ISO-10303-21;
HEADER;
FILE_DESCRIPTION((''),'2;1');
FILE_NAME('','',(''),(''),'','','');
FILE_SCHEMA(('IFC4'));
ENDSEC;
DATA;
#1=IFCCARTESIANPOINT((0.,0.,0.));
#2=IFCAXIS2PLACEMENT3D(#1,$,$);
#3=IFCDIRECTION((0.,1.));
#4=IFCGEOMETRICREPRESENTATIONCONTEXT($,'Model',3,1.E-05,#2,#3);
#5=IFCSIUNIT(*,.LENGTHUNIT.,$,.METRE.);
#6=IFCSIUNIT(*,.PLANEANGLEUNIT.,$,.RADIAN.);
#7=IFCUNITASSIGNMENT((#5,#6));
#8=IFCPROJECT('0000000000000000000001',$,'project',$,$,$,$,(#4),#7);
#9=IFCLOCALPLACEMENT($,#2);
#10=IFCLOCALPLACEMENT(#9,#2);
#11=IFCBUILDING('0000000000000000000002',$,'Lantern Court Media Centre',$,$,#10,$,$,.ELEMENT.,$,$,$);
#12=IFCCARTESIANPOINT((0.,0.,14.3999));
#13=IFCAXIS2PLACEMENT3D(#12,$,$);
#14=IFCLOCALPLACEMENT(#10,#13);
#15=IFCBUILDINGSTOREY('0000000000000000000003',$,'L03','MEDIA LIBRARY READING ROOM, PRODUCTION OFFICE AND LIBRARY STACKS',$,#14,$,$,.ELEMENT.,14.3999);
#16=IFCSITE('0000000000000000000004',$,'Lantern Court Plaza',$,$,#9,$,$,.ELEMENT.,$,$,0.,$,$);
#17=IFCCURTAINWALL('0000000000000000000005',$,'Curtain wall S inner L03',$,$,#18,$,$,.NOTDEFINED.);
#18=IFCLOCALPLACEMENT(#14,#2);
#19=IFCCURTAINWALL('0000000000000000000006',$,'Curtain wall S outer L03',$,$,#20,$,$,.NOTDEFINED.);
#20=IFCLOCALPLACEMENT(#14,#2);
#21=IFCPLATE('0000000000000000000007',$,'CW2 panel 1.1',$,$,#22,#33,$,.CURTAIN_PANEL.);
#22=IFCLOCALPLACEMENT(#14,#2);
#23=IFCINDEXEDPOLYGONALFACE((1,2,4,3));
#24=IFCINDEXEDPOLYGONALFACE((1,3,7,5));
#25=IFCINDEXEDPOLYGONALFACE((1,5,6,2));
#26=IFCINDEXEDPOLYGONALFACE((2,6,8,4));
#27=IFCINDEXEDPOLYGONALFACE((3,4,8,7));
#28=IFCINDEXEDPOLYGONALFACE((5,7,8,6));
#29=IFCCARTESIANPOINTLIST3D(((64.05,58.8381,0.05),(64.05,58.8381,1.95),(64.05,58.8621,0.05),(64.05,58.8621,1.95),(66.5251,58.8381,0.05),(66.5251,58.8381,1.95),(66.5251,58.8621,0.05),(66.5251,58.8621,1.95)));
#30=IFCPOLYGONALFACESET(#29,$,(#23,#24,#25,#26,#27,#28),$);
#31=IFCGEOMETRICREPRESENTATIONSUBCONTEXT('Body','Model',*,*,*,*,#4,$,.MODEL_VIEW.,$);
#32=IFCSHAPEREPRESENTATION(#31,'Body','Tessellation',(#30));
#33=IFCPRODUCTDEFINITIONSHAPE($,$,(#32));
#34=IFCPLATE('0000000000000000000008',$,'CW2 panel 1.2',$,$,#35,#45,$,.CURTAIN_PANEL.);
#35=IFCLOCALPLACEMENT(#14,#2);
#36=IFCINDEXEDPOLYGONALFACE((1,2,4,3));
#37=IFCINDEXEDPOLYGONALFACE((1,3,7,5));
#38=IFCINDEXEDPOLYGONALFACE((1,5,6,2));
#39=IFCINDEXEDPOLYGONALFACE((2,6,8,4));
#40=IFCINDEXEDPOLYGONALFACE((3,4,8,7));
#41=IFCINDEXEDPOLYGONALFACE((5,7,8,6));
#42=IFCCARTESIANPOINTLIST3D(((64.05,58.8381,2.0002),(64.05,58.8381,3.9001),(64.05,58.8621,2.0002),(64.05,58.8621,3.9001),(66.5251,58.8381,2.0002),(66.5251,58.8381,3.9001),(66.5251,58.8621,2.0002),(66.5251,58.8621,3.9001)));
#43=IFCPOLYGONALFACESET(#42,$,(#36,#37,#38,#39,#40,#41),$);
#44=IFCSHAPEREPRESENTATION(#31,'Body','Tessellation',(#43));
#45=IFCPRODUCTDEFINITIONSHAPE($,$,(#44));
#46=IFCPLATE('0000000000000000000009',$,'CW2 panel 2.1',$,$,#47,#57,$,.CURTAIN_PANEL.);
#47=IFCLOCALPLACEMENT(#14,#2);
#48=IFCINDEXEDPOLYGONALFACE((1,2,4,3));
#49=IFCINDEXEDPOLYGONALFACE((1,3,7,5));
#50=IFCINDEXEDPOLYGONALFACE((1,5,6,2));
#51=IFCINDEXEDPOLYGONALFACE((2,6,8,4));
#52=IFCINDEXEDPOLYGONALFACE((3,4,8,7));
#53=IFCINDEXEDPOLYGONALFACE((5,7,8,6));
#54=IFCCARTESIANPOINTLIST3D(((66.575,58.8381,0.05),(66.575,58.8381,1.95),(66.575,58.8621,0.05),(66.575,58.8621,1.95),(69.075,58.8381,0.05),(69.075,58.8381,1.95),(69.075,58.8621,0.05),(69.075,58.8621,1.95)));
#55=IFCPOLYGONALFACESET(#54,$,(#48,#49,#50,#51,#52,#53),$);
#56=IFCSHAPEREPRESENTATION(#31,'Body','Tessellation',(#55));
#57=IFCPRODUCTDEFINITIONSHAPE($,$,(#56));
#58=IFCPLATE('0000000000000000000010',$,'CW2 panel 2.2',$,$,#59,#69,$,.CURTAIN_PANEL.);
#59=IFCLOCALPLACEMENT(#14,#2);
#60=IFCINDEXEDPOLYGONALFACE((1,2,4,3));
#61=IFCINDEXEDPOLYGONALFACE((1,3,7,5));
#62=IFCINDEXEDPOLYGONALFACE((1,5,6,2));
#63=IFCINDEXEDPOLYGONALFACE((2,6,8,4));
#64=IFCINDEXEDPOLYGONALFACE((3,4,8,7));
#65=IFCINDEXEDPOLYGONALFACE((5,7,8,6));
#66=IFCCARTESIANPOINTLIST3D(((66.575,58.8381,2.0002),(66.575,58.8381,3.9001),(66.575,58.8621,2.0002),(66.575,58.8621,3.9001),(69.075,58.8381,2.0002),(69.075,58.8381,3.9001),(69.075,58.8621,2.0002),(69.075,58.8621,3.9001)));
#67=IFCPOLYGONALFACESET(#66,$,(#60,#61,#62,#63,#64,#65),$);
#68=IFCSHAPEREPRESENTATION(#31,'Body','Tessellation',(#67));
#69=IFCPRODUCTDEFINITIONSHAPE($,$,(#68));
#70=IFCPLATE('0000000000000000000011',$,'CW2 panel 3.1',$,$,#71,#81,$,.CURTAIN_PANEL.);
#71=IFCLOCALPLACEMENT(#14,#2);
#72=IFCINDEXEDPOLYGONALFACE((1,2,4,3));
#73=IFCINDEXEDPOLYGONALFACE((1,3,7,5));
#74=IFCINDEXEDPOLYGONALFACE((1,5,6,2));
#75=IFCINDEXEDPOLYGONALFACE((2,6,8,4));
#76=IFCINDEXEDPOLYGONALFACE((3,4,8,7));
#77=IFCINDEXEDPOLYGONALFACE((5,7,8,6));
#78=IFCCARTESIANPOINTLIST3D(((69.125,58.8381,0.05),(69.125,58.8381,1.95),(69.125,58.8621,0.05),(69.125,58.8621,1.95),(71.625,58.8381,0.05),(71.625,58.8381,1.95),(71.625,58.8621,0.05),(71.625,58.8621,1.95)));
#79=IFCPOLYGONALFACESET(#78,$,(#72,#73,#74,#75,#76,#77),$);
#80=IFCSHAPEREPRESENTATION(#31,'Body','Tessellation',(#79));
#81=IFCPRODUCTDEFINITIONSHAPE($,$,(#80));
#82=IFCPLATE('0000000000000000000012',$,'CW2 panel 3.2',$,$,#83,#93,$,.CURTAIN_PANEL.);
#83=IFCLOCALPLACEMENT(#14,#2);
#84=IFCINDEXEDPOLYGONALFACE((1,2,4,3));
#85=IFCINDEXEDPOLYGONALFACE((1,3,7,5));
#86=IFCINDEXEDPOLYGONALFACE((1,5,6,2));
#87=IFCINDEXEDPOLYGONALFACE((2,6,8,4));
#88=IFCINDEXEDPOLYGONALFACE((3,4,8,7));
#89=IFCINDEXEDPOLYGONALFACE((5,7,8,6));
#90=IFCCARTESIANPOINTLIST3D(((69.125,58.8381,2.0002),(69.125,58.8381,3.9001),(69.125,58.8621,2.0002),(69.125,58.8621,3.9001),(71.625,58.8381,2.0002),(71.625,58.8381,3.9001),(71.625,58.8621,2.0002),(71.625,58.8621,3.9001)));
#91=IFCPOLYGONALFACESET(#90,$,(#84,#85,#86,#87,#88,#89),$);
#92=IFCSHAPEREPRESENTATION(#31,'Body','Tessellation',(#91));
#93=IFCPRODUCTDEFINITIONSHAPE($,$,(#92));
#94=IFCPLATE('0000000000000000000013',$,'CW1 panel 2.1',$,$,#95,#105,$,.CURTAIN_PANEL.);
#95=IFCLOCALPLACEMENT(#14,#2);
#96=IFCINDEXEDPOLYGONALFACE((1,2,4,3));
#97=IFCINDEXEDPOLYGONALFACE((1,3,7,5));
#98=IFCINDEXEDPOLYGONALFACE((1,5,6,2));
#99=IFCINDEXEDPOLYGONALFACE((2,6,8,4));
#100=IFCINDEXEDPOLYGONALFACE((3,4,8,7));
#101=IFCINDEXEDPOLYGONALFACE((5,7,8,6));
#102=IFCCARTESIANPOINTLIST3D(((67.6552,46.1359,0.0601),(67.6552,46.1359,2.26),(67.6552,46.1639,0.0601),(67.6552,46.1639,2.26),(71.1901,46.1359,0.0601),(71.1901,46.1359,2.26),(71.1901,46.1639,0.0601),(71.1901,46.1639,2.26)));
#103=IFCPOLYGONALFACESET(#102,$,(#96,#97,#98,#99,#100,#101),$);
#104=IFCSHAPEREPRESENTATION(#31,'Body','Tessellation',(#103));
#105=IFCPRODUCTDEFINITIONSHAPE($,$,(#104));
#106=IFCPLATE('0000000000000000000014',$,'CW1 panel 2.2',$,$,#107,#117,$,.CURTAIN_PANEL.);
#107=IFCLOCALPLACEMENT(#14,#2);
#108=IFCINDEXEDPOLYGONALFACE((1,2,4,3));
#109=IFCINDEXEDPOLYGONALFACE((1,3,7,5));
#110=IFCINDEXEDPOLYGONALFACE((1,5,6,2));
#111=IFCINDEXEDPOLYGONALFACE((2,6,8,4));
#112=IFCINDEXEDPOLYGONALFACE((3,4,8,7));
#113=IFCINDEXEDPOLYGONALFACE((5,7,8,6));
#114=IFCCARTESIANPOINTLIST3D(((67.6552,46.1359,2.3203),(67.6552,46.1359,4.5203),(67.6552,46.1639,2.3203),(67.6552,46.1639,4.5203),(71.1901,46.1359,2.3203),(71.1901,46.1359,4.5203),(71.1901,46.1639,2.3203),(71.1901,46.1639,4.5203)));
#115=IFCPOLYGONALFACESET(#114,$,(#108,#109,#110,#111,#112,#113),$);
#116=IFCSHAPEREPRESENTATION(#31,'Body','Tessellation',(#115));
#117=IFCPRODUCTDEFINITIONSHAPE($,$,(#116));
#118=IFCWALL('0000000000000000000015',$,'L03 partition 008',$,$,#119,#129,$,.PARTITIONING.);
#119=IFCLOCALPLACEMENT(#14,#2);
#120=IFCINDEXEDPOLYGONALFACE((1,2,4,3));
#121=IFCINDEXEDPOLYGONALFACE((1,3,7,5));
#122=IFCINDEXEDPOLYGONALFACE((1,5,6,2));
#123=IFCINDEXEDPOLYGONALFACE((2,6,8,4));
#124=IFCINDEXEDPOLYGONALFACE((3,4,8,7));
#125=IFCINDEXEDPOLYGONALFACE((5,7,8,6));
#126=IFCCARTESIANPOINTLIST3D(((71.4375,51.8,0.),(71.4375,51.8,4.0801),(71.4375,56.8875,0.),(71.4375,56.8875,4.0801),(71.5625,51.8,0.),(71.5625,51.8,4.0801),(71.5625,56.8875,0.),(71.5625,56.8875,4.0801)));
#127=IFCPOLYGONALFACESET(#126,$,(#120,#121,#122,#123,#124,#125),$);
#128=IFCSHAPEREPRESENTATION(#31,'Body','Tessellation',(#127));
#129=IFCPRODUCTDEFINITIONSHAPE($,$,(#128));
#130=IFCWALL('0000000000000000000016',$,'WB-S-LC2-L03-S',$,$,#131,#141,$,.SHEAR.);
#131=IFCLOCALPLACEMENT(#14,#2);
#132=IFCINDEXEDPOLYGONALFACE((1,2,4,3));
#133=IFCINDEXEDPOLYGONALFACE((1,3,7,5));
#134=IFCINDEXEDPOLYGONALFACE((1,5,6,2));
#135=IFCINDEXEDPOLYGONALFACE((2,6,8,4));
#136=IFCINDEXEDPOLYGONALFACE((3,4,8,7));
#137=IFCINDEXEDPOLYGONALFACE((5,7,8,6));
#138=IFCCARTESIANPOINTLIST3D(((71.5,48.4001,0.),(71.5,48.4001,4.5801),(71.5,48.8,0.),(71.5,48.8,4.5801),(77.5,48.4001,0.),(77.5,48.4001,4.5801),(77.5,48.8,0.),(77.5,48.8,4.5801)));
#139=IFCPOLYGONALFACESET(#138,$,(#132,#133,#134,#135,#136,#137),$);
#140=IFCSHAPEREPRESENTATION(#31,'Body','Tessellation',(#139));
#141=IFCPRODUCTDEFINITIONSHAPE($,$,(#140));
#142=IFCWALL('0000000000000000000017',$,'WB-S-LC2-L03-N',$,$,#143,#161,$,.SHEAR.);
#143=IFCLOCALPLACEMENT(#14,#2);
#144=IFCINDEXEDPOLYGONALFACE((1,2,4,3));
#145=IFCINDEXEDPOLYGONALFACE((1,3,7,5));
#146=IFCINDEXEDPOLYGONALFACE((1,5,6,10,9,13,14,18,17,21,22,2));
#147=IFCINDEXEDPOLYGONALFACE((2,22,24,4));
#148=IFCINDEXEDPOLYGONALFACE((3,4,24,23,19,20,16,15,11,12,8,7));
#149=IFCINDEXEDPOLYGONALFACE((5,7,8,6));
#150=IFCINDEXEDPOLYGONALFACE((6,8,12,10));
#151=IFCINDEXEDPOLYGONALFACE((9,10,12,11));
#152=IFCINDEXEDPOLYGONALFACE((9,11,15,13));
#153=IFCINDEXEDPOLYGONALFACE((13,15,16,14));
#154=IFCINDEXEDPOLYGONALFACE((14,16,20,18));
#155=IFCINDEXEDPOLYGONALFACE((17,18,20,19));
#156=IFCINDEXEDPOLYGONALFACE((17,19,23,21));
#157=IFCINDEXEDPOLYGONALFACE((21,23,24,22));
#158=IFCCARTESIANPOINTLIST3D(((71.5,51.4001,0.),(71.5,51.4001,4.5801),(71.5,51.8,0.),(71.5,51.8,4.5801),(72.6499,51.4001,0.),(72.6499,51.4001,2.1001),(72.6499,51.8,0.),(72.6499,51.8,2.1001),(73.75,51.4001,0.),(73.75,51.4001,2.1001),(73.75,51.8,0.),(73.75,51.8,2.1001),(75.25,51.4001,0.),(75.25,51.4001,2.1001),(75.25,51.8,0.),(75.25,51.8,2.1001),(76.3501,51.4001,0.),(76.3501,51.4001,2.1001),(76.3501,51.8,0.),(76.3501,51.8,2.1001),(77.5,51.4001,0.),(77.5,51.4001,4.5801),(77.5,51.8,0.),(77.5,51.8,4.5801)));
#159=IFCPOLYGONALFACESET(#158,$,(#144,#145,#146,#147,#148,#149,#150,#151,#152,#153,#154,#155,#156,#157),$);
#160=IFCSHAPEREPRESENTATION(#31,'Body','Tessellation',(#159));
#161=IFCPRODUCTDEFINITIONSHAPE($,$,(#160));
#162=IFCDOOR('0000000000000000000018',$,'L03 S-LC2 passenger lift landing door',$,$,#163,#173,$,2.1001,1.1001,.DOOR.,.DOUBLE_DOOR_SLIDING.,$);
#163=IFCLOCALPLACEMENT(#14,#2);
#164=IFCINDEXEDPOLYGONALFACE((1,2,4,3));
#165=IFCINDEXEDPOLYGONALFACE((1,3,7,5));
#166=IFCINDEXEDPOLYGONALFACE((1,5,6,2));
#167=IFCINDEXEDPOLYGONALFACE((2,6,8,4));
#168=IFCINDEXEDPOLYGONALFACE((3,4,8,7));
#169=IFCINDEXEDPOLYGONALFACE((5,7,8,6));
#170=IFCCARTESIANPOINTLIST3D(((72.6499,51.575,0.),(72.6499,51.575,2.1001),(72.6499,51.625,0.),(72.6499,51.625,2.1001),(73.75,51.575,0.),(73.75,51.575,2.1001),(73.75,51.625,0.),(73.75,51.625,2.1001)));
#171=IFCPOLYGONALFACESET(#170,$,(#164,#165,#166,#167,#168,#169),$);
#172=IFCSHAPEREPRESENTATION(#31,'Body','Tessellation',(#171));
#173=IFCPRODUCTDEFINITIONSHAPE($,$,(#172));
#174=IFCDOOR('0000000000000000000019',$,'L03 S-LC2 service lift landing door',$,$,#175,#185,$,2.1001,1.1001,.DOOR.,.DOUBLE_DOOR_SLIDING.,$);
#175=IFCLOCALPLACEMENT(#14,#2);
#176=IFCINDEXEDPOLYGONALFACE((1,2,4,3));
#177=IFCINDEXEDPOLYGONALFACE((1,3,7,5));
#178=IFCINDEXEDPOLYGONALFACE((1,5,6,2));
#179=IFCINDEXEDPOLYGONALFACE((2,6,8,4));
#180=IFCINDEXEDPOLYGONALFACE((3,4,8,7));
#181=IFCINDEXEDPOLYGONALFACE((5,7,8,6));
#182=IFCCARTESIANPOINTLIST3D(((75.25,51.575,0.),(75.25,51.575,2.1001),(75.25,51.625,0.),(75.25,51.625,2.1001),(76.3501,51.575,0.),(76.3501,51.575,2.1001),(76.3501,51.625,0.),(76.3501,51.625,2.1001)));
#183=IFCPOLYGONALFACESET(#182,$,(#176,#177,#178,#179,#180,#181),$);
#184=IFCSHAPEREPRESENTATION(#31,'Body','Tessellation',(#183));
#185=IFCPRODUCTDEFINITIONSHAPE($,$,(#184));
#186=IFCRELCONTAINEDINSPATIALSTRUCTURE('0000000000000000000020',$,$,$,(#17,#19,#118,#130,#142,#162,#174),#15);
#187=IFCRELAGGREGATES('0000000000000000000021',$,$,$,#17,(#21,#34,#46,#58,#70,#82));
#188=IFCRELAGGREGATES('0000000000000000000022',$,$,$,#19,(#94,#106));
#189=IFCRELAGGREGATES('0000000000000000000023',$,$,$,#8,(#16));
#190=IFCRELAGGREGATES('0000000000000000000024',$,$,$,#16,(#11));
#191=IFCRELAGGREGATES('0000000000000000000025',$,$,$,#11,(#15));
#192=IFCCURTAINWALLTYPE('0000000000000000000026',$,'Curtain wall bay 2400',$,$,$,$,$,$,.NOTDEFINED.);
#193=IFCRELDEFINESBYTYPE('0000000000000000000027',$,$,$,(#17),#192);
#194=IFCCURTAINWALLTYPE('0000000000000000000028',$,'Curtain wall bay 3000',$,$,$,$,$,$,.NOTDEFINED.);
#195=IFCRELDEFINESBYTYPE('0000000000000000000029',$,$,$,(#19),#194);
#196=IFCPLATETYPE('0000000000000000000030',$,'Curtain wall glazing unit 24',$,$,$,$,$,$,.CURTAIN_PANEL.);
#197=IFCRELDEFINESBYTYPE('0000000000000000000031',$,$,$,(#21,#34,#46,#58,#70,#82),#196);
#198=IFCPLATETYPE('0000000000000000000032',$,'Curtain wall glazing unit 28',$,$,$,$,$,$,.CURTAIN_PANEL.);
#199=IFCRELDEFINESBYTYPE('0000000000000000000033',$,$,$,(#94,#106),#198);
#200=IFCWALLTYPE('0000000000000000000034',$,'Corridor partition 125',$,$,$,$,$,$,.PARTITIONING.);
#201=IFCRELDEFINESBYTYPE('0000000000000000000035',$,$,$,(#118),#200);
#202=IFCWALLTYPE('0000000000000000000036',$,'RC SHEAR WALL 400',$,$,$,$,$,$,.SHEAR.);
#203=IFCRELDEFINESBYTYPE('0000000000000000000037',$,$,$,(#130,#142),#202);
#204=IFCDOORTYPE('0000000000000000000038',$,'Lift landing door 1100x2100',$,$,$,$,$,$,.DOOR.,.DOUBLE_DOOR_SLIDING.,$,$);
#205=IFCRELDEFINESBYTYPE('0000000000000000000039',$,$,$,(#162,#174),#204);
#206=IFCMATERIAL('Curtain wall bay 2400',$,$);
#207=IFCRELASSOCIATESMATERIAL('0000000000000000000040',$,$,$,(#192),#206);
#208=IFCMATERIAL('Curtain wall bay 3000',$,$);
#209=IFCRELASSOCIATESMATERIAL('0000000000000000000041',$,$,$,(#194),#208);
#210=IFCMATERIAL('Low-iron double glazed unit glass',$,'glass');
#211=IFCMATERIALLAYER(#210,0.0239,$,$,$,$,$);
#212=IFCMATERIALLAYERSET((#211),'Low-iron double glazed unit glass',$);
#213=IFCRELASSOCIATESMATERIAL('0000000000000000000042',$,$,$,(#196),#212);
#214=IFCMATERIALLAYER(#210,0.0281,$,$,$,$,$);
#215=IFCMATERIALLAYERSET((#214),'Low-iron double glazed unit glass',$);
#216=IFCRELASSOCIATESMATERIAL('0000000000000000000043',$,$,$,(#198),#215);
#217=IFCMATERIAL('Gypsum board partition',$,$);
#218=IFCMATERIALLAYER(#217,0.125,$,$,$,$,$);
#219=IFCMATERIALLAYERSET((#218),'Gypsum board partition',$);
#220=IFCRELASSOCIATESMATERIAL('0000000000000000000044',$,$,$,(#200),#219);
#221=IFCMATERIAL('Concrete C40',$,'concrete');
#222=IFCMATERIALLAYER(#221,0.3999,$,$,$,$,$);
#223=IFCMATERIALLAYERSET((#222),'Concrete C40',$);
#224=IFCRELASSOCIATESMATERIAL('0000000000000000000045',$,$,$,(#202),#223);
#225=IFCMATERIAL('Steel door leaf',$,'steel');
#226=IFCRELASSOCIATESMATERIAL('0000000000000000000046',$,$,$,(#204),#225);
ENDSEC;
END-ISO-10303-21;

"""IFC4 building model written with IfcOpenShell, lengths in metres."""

from ifc_helpers import new_model, si_unit, direction, frame, frame_2d, origin, origin_2d, place, context, subcontext, project, spatial, rectangle, extrude, material, layer, layer_set, type_object, element, fill, aggregate, save


model = new_model("IFC4")

# Units and contexts
model_context = context("Model", 3, precision=1e-05, world=origin(), true_north=direction((0.0, 1.0)))
body_context = subcontext(model_context, "Body", "Model", "MODEL_VIEW")
ifc_project = project(units=[si_unit("LENGTHUNIT", "METRE"), si_unit("PLANEANGLEUNIT", "RADIAN")], contexts=[model_context])

# Site, building, storey
site_placement = place(None, origin())
site = spatial("IfcSite", under=ifc_project, at=site_placement, Name="Lantern Court Plaza", CompositionType="ELEMENT", RefElevation=0.0)
building_placement = place(site_placement, origin())
building = spatial("IfcBuilding", under=site, at=building_placement, Name="Lantern Court Media Centre", CompositionType="ELEMENT")
storey_placement = place(building_placement, frame((0.0, 0.0, 14.3999)))
storey = spatial("IfcBuildingStorey", under=building, at=storey_placement, Name="L03", Description="MEDIA LIBRARY READING ROOM, PRODUCTION OFFICE AND LIBRARY STACKS", CompositionType="ELEMENT", Elevation=14.3999)

# Curtain walls
ifc_material_1 = material(Name="Curtain wall bay 2400")
curtain_wall_type_1 = type_object("IfcCurtainWallType", Name="Curtain wall bay 2400", PredefinedType="NOTDEFINED", material=ifc_material_1)
curtain_wall_1_placement = place(storey_placement, origin())
curtain_wall_1 = element("IfcCurtainWall", 1, at=curtain_wall_1_placement, inside=storey, type_object=curtain_wall_type_1, Name="Curtain wall S inner L03", PredefinedType="NOTDEFINED")
ifc_material_2 = material(Name="Curtain wall bay 3000")
curtain_wall_type_2 = type_object("IfcCurtainWallType", Name="Curtain wall bay 3000", PredefinedType="NOTDEFINED", material=ifc_material_2)
curtain_wall_2_placement = place(storey_placement, origin())
curtain_wall_2 = element("IfcCurtainWall", 2, at=curtain_wall_2_placement, inside=storey, type_object=curtain_wall_type_2, Name="Curtain wall S outer L03", PredefinedType="NOTDEFINED")

# Plates
ifc_material_3 = material(Name="Low-iron double glazed unit glass", Category="glass")
ifc_layer_1 = layer(ifc_material_3, 0.0239)
ifc_layer_set_1 = layer_set([ifc_layer_1], Name="Low-iron double glazed unit glass")
plate_type_1 = type_object("IfcPlateType", Name="Curtain wall glazing unit 24", PredefinedType="CURTAIN_PANEL", material=ifc_layer_set_1)
plate_1_placement = place(storey_placement, frame((65.2876, 58.8501, 0.05), z_axis=(0.0, 0.0, 1.0), x_axis=(1.0, 0.0, 0.0)))
plate_1 = element("IfcPlate", 3, at=plate_1_placement, type_object=plate_type_1, Name="CW2 panel 1.1", PredefinedType="CURTAIN_PANEL", context=body_context, shape_type="SweptSolid", body=[
    extrude(rectangle(XDim=2.4751, YDim=0.0239, at=origin_2d()), origin(), (0.0, 0.0, 1.0), 1.8999),
])
plate_2_placement = place(storey_placement, frame((65.2876, 58.8501, 2.0002), z_axis=(0.0, 0.0, 1.0), x_axis=(1.0, 0.0, 0.0)))
plate_2 = element("IfcPlate", 4, at=plate_2_placement, type_object=plate_type_1, Name="CW2 panel 1.2", PredefinedType="CURTAIN_PANEL", context=body_context, shape_type="SweptSolid", body=[
    extrude(rectangle(XDim=2.4751, YDim=0.0239, at=origin_2d()), origin(), (0.0, 0.0, 1.0), 1.8999),
])
plate_3_placement = place(storey_placement, frame((67.825, 58.8501, 0.05), z_axis=(0.0, 0.0, 1.0), x_axis=(1.0, 0.0, 0.0)))
plate_3 = element("IfcPlate", 5, at=plate_3_placement, type_object=plate_type_1, Name="CW2 panel 2.1", PredefinedType="CURTAIN_PANEL", context=body_context, shape_type="SweptSolid", body=[
    extrude(rectangle(XDim=2.5, YDim=0.0239, at=origin_2d()), origin(), (0.0, 0.0, 1.0), 1.8999),
])
plate_4_placement = place(storey_placement, frame((67.825, 58.8501, 2.0002), z_axis=(0.0, 0.0, 1.0), x_axis=(1.0, 0.0, 0.0)))
plate_4 = element("IfcPlate", 6, at=plate_4_placement, type_object=plate_type_1, Name="CW2 panel 2.2", PredefinedType="CURTAIN_PANEL", context=body_context, shape_type="SweptSolid", body=[
    extrude(rectangle(XDim=2.5, YDim=0.0239, at=origin_2d()), origin(), (0.0, 0.0, 1.0), 1.8999),
])
plate_5_placement = place(storey_placement, frame((70.375, 58.8501, 0.05), z_axis=(0.0, 0.0, 1.0), x_axis=(1.0, 0.0, 0.0)))
plate_5 = element("IfcPlate", 7, at=plate_5_placement, type_object=plate_type_1, Name="CW2 panel 3.1", PredefinedType="CURTAIN_PANEL", context=body_context, shape_type="SweptSolid", body=[
    extrude(rectangle(XDim=2.5, YDim=0.0239, at=origin_2d()), origin(), (0.0, 0.0, 1.0), 1.8999),
])
plate_6_placement = place(storey_placement, frame((70.375, 58.8501, 2.0002), z_axis=(0.0, 0.0, 1.0), x_axis=(1.0, 0.0, 0.0)))
plate_6 = element("IfcPlate", 8, at=plate_6_placement, type_object=plate_type_1, Name="CW2 panel 3.2", PredefinedType="CURTAIN_PANEL", context=body_context, shape_type="SweptSolid", body=[
    extrude(rectangle(XDim=2.5, YDim=0.0239, at=origin_2d()), origin(), (0.0, 0.0, 1.0), 1.8999),
])
aggregate(curtain_wall_1, [plate_1, plate_2, plate_3, plate_4, plate_5, plate_6])
ifc_layer_2 = layer(ifc_material_3, 0.0281)
ifc_layer_set_2 = layer_set([ifc_layer_2], Name="Low-iron double glazed unit glass")
plate_type_2 = type_object("IfcPlateType", Name="Curtain wall glazing unit 28", PredefinedType="CURTAIN_PANEL", material=ifc_layer_set_2)
plate_7_placement = place(storey_placement, frame((69.4226, 46.1499, 0.0601), z_axis=(0.0, 0.0, 1.0), x_axis=(1.0, 0.0, 0.0)))
plate_7 = element("IfcPlate", 9, at=plate_7_placement, type_object=plate_type_2, Name="CW1 panel 2.1", PredefinedType="CURTAIN_PANEL", context=body_context, shape_type="SweptSolid", body=[
    extrude(rectangle(XDim=3.5349, YDim=0.0281, at=origin_2d()), origin(), (0.0, 0.0, 1.0), 2.2),
])
plate_8_placement = place(storey_placement, frame((69.4226, 46.1499, 2.3203), z_axis=(0.0, 0.0, 1.0), x_axis=(1.0, 0.0, 0.0)))
plate_8 = element("IfcPlate", 10, at=plate_8_placement, type_object=plate_type_2, Name="CW1 panel 2.2", PredefinedType="CURTAIN_PANEL", context=body_context, shape_type="SweptSolid", body=[
    extrude(rectangle(XDim=3.5349, YDim=0.0281, at=origin_2d()), origin(), (0.0, 0.0, 1.0), 2.2),
])
aggregate(curtain_wall_2, [plate_7, plate_8])

# Walls
ifc_material_4 = material(Name="Gypsum board partition")
ifc_layer_3 = layer(ifc_material_4, 0.125)
ifc_layer_set_3 = layer_set([ifc_layer_3], Name="Gypsum board partition")
wall_type_1 = type_object("IfcWallType", Name="Corridor partition 125", PredefinedType="PARTITIONING", material=ifc_layer_set_3)
wall_1_placement = place(storey_placement, frame((71.5, 51.8, 0.0), z_axis=(0.0, 0.0, 1.0), x_axis=(0.0, 1.0, 0.0)))
element("IfcWall", 11, at=wall_1_placement, inside=storey, type_object=wall_type_1, Name="L03 partition 008", PredefinedType="PARTITIONING", context=body_context, shape_type="SweptSolid", body=[
    extrude(rectangle(XDim=5.0874, YDim=0.125, at=frame_2d((2.5437, 0.0))), origin(), (0.0, 0.0, 1.0), 4.0801),
])
ifc_material_5 = material(Name="Concrete C40", Category="concrete")
ifc_layer_4 = layer(ifc_material_5, 0.3999)
ifc_layer_set_4 = layer_set([ifc_layer_4], Name="Concrete C40")
wall_type_2 = type_object("IfcWallType", Name="RC SHEAR WALL 400", PredefinedType="SHEAR", material=ifc_layer_set_4)
wall_2_placement = place(storey_placement, frame((71.5, 48.6001, 0.0), z_axis=(0.0, 0.0, 1.0), x_axis=(1.0, 0.0, 0.0)))
element("IfcWall", 12, at=wall_2_placement, inside=storey, type_object=wall_type_2, Name="WB-S-LC2-L03-S", PredefinedType="SHEAR", context=body_context, shape_type="SweptSolid", body=[
    extrude(rectangle(XDim=6.0, YDim=0.3999, at=frame_2d((3.0, 0.0))), origin(), (0.0, 0.0, 1.0), 4.5801),
])

# Wall, openings, doors
wall_3_placement = place(storey_placement, frame((71.5, 51.6001, 0.0), z_axis=(0.0, 0.0, 1.0), x_axis=(1.0, 0.0, 0.0)))
wall_3 = element("IfcWall", 13, at=wall_3_placement, inside=storey, type_object=wall_type_2, Name="WB-S-LC2-L03-N", PredefinedType="SHEAR", context=body_context, shape_type="SweptSolid", body=[
    extrude(rectangle(XDim=6.0, YDim=0.3999, at=frame_2d((3.0, 0.0))), origin(), (0.0, 0.0, 1.0), 4.5801),
])
opening_1_placement = place(wall_3_placement, frame((1.1499, 0.0, 0.0)))
opening_1 = element("IfcOpeningElement", 14, at=opening_1_placement, cuts=wall_3, PredefinedType="OPENING", context=body_context, shape_type="SweptSolid", body=[
    extrude(rectangle(XDim=1.1001, YDim=2.1001, at=frame_2d((0.55, 1.05))), frame((0.0, 0.21, 0.0), z_axis=(0.0, -1.0, 0.0), x_axis=(1.0, 0.0, 0.0)), (0.0, 0.0, 1.0), 0.4199),
])
opening_2_placement = place(wall_3_placement, frame((3.75, 0.0, 0.0)))
opening_2 = element("IfcOpeningElement", 15, at=opening_2_placement, cuts=wall_3, PredefinedType="OPENING", context=body_context, shape_type="SweptSolid", body=[
    extrude(rectangle(XDim=1.1001, YDim=2.1001, at=frame_2d((0.55, 1.05))), frame((0.0, 0.21, 0.0), z_axis=(0.0, -1.0, 0.0), x_axis=(1.0, 0.0, 0.0)), (0.0, 0.0, 1.0), 0.4199),
])
ifc_material_6 = material(Name="Steel door leaf", Category="steel")
door_type = type_object("IfcDoorType", Name="Lift landing door 1100x2100", OperationType="DOUBLE_DOOR_SLIDING", PredefinedType="DOOR", material=ifc_material_6)
door_1_placement = place(opening_1_placement, origin())
door_1 = element("IfcDoor", 16, at=door_1_placement, inside=storey, type_object=door_type, Name="L03 S-LC2 passenger lift landing door", OperationType="DOUBLE_DOOR_SLIDING", OverallHeight=2.1001, OverallWidth=1.1001, PredefinedType="DOOR", context=body_context, shape_type="SweptSolid", body=[
    extrude(rectangle(XDim=1.1001, YDim=2.1001, at=frame_2d((0.55, 1.05))), frame((0.0, 0.0249, 0.0), z_axis=(0.0, -1.0, 0.0), x_axis=(1.0, 0.0, 0.0)), (0.0, 0.0, 1.0), 0.05),
])
fill(opening_1, door_1)
door_2_placement = place(opening_2_placement, origin())
door_2 = element("IfcDoor", 17, at=door_2_placement, inside=storey, type_object=door_type, Name="L03 S-LC2 service lift landing door", OperationType="DOUBLE_DOOR_SLIDING", OverallHeight=2.1001, OverallWidth=1.1001, PredefinedType="DOOR", context=body_context, shape_type="SweptSolid", body=[
    extrude(rectangle(XDim=1.1001, YDim=2.1001, at=frame_2d((0.55, 1.05))), frame((0.0, 0.0249, 0.0), z_axis=(0.0, -1.0, 0.0), x_axis=(1.0, 0.0, 0.0)), (0.0, 0.0, 1.0), 0.05),
])
fill(opening_2, door_2)

save(model, "model.ifc")
